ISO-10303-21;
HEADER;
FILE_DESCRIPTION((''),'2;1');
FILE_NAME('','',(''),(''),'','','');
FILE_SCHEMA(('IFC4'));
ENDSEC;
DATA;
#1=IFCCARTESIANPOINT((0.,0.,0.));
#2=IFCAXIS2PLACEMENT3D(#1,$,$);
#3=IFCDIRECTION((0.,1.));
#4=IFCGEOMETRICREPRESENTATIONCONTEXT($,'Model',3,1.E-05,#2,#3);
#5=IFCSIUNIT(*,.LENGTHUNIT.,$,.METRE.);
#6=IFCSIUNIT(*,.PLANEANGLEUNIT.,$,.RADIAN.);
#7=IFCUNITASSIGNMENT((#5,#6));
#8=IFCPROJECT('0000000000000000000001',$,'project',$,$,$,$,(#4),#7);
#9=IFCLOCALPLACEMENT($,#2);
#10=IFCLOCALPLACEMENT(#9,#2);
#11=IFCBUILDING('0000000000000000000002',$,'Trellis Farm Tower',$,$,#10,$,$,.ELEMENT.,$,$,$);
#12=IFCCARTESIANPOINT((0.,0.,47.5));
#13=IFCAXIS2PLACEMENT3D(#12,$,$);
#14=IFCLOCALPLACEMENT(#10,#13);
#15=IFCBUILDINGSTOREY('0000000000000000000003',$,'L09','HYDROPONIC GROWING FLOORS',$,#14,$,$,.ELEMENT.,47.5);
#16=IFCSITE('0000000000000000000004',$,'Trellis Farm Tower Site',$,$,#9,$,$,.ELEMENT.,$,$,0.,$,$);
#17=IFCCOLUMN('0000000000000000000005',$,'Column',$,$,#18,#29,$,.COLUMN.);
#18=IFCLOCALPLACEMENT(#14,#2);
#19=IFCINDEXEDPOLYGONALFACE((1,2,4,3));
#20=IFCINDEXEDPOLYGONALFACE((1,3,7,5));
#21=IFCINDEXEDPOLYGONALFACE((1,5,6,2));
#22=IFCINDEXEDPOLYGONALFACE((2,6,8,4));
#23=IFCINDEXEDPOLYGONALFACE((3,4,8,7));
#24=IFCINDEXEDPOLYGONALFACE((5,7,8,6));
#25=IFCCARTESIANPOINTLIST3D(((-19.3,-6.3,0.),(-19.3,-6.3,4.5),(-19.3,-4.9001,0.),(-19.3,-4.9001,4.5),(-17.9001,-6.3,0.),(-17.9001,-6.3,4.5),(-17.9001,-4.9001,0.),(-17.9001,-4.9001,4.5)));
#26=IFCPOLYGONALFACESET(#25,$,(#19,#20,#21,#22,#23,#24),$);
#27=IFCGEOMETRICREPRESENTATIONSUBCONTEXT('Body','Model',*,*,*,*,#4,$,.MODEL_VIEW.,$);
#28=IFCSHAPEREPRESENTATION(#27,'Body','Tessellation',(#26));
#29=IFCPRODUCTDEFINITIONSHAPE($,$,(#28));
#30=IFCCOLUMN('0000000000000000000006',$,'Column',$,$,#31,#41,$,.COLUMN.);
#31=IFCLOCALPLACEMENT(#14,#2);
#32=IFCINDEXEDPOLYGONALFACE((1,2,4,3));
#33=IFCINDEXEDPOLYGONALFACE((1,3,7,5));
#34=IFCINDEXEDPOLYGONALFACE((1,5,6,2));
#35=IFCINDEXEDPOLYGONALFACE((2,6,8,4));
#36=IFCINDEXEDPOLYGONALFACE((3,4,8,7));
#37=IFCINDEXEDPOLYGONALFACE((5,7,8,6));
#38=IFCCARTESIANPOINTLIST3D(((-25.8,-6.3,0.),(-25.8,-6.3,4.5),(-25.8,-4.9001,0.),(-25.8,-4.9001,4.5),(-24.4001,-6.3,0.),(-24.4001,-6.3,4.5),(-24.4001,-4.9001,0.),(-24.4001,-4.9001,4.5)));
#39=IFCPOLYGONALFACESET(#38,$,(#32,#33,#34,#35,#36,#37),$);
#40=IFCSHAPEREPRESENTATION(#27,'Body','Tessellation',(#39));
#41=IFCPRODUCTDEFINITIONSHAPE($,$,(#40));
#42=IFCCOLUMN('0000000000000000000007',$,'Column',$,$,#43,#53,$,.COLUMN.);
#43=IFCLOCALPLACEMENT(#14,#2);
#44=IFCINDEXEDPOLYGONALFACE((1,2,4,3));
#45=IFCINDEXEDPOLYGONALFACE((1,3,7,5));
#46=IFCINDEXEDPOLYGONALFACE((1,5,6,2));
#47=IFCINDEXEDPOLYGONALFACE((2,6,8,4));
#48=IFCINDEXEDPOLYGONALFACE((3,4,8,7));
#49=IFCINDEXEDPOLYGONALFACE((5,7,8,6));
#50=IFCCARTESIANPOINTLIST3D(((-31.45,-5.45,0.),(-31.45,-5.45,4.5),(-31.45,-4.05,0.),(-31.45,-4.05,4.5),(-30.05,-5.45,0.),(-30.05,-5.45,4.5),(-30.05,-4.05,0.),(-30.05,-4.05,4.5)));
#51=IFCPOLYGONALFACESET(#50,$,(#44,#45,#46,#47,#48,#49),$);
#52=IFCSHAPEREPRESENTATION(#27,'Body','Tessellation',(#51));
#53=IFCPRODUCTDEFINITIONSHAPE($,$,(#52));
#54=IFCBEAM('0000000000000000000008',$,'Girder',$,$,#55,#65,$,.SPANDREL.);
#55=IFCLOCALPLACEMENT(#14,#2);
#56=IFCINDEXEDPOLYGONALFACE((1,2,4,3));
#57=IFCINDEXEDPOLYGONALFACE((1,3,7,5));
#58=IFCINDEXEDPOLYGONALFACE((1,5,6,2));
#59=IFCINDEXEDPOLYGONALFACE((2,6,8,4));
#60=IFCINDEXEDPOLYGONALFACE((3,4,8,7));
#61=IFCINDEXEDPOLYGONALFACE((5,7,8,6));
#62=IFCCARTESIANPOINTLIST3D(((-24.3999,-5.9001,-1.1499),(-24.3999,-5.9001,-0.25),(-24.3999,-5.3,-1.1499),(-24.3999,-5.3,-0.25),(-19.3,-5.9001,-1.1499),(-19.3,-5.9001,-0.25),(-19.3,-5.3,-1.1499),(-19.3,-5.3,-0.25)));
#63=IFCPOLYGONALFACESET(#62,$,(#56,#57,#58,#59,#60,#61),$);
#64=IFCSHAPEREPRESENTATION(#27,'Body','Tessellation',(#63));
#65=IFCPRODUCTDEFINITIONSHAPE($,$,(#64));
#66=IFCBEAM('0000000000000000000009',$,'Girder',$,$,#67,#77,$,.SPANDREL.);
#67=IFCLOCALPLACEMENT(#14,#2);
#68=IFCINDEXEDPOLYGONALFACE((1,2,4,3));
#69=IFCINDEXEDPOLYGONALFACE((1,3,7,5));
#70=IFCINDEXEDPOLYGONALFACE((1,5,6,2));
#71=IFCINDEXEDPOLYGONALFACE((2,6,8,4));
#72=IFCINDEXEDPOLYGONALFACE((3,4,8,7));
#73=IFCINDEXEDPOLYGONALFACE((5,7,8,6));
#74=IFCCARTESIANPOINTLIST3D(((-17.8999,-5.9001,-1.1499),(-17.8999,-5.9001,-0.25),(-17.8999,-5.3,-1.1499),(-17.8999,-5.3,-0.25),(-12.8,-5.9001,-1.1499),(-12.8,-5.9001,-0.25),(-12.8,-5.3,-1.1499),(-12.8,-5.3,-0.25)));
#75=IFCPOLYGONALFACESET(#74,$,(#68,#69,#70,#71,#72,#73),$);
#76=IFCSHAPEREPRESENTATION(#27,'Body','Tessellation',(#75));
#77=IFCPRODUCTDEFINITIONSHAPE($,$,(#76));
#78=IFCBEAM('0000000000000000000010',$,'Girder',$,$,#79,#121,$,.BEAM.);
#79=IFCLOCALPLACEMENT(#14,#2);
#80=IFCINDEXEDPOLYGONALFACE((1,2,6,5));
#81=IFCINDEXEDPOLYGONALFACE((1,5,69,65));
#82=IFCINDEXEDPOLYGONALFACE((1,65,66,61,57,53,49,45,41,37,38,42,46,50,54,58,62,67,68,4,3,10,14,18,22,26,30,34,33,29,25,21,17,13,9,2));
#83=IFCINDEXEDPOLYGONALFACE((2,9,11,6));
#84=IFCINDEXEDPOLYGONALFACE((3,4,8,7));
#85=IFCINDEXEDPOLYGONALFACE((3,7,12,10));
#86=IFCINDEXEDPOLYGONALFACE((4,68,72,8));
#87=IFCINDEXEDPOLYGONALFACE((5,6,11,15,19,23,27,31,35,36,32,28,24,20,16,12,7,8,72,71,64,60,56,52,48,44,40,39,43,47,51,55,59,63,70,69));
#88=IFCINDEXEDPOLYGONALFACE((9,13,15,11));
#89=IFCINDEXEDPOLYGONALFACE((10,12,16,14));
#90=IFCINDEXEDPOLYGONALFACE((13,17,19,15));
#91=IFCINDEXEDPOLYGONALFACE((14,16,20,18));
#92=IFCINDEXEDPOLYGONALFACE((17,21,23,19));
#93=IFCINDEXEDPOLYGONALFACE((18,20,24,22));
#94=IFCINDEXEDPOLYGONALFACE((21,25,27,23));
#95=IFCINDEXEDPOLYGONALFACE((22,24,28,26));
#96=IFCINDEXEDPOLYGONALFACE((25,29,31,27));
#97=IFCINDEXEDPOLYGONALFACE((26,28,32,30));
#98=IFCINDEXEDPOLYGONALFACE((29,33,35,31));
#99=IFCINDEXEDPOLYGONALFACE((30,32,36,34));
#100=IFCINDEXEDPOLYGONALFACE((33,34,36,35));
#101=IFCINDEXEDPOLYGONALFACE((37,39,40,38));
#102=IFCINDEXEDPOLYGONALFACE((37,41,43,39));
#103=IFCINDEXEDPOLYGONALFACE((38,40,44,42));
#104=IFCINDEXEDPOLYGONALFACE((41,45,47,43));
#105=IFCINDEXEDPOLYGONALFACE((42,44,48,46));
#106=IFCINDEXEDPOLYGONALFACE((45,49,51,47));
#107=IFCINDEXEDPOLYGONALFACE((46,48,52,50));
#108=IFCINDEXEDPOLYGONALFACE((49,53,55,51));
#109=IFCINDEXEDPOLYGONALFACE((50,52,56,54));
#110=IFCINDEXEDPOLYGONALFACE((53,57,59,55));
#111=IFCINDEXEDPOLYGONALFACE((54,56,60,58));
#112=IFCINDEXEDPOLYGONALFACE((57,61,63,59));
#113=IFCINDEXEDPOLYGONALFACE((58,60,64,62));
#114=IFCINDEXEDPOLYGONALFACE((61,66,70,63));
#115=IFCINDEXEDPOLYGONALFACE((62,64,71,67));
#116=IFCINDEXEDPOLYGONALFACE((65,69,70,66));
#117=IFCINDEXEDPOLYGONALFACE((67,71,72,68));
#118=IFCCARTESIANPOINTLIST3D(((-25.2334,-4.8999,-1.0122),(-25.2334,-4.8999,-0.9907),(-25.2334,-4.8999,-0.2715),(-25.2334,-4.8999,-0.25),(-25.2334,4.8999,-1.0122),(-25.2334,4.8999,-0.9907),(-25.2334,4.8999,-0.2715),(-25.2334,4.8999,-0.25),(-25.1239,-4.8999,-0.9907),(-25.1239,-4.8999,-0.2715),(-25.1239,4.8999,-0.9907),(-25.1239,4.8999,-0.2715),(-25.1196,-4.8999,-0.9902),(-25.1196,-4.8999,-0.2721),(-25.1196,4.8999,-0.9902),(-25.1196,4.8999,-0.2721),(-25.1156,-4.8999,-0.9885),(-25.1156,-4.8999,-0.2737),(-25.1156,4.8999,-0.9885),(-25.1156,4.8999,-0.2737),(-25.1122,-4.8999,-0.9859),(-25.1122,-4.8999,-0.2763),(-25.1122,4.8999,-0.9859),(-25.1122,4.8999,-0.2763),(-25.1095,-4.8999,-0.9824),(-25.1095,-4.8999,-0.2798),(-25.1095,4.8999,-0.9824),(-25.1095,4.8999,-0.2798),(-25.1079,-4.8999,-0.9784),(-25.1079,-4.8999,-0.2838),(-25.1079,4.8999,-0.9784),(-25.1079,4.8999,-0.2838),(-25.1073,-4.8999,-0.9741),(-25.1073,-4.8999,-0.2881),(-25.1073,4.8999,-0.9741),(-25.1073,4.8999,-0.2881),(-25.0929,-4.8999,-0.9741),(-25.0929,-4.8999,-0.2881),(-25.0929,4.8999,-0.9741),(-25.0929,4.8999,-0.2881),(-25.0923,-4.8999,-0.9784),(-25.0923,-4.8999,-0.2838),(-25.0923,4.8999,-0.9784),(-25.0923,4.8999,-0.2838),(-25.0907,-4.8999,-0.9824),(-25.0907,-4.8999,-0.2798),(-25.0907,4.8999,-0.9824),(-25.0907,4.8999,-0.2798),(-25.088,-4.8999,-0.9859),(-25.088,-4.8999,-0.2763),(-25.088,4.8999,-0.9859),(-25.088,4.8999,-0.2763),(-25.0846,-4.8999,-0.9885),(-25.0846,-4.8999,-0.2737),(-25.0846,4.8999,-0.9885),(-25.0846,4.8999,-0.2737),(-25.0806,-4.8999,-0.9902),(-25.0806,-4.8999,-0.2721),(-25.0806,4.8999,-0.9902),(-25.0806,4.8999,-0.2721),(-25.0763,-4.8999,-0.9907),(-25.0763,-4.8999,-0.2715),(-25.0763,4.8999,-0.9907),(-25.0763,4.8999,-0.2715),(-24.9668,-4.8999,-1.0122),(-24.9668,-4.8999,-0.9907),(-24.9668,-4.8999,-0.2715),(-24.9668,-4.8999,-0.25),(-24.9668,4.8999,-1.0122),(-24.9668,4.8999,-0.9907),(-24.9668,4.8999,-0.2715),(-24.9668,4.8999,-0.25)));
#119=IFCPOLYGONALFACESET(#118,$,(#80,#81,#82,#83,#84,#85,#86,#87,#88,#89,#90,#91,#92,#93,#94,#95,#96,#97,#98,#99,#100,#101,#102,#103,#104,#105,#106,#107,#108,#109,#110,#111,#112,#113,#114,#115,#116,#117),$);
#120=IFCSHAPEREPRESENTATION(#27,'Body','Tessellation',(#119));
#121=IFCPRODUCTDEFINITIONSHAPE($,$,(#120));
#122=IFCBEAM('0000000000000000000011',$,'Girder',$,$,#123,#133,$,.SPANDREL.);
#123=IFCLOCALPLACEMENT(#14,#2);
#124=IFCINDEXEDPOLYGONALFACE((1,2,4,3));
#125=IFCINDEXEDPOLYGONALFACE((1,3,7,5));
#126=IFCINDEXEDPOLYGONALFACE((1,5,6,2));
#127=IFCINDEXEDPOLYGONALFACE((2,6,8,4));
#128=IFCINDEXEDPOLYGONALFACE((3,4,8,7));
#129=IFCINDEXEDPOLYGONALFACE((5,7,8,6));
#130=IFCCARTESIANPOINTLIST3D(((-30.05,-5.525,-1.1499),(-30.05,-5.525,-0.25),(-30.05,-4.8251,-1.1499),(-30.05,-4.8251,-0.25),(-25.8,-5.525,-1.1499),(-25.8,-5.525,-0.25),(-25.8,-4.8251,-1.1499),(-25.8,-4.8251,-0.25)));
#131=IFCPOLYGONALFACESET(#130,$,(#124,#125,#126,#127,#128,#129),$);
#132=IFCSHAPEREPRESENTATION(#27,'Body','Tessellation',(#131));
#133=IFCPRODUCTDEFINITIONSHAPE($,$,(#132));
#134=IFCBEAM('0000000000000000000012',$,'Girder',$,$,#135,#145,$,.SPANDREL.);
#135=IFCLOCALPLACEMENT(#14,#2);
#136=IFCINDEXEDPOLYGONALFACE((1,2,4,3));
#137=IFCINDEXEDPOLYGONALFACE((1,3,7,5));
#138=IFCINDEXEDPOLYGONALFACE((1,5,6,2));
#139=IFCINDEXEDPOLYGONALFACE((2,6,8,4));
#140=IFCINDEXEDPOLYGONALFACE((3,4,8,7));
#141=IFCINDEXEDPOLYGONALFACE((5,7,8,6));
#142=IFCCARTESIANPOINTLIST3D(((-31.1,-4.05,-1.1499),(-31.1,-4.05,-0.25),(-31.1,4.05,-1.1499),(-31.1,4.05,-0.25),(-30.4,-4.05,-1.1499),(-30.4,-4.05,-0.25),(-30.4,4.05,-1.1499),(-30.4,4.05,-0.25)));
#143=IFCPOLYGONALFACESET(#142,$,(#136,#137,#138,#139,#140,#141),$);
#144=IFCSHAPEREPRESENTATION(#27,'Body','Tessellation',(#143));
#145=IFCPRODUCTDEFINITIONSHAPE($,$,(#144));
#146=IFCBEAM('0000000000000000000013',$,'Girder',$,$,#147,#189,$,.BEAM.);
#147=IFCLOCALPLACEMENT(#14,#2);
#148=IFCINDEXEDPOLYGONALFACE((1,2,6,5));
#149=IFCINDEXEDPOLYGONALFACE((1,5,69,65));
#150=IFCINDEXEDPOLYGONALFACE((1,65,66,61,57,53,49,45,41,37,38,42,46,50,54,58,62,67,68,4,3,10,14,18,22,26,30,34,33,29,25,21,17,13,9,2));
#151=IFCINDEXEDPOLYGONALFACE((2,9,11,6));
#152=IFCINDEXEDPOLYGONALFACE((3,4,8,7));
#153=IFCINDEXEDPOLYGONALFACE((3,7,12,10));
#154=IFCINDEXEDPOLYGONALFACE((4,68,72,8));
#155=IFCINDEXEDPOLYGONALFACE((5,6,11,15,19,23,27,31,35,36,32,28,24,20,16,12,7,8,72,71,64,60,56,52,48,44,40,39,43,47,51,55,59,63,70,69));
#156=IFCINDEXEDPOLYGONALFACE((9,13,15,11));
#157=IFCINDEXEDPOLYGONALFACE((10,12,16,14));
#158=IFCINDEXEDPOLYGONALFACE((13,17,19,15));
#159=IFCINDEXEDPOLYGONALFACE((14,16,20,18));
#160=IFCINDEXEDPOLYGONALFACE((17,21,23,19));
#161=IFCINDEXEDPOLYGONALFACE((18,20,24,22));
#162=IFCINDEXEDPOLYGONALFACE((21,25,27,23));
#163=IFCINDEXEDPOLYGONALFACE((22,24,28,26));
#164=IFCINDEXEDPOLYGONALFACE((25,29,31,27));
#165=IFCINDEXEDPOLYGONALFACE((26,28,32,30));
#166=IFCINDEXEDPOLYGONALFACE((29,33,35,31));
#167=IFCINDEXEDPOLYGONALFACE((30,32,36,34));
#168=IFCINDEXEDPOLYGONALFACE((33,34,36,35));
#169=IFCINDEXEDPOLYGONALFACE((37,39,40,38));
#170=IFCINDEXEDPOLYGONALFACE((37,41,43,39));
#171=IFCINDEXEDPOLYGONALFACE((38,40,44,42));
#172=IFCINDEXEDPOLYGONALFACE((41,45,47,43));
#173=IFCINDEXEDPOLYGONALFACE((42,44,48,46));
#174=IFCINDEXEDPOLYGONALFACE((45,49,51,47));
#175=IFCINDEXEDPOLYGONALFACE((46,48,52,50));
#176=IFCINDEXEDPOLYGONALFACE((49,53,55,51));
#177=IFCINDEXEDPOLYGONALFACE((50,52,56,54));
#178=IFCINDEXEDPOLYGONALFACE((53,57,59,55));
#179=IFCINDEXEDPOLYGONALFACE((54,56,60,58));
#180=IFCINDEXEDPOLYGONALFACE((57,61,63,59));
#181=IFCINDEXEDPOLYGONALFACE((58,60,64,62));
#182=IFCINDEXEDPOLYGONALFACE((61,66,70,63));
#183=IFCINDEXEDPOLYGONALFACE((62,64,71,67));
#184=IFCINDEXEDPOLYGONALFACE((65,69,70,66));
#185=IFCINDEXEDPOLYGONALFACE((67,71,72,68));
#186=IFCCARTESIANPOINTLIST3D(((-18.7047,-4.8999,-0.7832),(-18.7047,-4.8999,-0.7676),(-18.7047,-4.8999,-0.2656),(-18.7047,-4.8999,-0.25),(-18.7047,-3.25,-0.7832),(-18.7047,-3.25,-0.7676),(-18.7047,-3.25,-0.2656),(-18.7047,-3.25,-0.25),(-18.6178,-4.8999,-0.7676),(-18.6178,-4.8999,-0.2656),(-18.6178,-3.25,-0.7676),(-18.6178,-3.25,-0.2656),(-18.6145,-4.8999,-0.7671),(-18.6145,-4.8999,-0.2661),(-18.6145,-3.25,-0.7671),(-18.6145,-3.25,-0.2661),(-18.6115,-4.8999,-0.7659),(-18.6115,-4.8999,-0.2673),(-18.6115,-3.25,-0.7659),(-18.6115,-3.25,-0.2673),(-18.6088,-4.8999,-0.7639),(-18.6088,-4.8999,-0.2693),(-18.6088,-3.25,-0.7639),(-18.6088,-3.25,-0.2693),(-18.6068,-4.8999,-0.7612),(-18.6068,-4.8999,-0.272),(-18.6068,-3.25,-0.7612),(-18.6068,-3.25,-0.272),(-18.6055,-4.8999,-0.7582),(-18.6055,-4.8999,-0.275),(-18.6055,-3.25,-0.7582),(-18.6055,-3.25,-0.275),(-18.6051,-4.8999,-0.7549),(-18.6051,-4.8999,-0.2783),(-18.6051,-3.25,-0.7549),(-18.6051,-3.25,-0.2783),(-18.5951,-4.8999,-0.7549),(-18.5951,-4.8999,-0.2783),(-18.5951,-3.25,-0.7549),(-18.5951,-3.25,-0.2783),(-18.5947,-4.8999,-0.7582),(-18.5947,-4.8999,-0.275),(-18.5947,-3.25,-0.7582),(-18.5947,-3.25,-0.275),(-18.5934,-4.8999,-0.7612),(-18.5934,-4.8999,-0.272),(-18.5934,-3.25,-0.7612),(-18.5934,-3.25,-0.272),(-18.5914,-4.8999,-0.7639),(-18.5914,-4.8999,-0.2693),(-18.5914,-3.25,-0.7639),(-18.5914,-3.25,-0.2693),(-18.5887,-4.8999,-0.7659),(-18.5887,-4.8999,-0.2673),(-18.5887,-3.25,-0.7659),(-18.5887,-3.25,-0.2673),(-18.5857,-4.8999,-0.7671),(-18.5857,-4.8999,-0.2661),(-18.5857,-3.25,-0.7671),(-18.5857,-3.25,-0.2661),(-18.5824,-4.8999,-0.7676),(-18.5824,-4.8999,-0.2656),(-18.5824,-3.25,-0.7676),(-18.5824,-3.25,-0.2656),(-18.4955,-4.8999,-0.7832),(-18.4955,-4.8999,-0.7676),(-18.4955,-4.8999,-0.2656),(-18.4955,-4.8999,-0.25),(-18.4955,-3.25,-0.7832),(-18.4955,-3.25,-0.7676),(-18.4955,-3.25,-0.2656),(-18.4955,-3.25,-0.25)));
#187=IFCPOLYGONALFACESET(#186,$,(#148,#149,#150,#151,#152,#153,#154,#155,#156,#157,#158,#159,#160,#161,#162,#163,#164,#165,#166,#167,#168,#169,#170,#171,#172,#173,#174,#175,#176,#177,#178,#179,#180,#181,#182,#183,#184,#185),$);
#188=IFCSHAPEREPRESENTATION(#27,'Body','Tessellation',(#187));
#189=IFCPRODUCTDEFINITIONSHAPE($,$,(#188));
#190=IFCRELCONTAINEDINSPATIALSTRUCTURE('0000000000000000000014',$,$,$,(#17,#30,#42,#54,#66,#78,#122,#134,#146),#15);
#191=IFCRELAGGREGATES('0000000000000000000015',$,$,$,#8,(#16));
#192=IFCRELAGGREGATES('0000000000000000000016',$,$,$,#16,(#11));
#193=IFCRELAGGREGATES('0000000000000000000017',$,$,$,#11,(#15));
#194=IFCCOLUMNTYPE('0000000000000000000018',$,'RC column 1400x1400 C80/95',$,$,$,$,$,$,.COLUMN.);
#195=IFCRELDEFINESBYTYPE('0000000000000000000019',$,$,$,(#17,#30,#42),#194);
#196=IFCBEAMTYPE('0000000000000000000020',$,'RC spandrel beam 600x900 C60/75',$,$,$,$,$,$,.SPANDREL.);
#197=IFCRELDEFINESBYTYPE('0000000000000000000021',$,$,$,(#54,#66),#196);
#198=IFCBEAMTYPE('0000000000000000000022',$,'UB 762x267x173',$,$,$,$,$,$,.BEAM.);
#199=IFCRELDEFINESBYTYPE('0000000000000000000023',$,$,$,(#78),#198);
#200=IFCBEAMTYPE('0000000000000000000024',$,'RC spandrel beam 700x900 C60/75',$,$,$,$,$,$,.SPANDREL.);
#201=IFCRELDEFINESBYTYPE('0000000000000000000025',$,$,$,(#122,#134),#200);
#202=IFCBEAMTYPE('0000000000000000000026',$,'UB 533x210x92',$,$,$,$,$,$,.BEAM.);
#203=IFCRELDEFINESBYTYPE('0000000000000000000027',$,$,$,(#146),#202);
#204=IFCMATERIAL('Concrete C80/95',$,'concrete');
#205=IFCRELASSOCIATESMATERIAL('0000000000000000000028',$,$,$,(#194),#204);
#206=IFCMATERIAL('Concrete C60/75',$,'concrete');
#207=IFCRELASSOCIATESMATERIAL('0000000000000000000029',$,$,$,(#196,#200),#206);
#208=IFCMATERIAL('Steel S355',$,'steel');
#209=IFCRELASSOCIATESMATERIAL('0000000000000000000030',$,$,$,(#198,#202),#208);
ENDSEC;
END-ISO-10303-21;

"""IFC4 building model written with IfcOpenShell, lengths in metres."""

from ifc_helpers import new_model, si_unit, direction, frame, origin, origin_2d, place, context, subcontext, project, spatial, rectangle, i_section, extrude, source, transform, mapped, material, material_profile, profile_set, type_object, element, save


model = new_model("IFC4")

# Units and contexts
model_context = context("Model", 3, precision=1e-05, world=origin(), true_north=direction((0.0, 1.0)))
body_context = subcontext(model_context, "Body", "Model", "MODEL_VIEW")
ifc_project = project(units=[si_unit("LENGTHUNIT", "METRE"), si_unit("PLANEANGLEUNIT", "RADIAN")], contexts=[model_context])

# Site, building, storey
site_placement = place(None, origin())
site = spatial("IfcSite", under=ifc_project, at=site_placement, Name="Trellis Farm Tower Site", CompositionType="ELEMENT", RefElevation=0.0)
building_placement = place(site_placement, origin())
building = spatial("IfcBuilding", under=site, at=building_placement, Name="Trellis Farm Tower", CompositionType="ELEMENT")
storey_placement = place(building_placement, frame((0.0, 0.0, 47.5)))
storey = spatial("IfcBuildingStorey", under=building, at=storey_placement, Name="L09", Description="HYDROPONIC GROWING FLOORS", CompositionType="ELEMENT", Elevation=47.5)

# Columns
ifc_material_1 = material(Name="Concrete C80/95", Category="concrete")
ifc_material_profile_1 = material_profile(ifc_material_1, rectangle(XDim=1.3999, YDim=1.3999, at=origin_2d()), Name="RC column 1400x1400 C80/95")
ifc_profile_set_1 = profile_set([ifc_material_profile_1], Name="Concrete C80/95")
column_type = type_object("IfcColumnType", Name="RC column 1400x1400 C80/95", PredefinedType="COLUMN", material=ifc_profile_set_1)
shared_shape_1 = source(origin(), body_context, "Body", "SweptSolid", [
    extrude(rectangle(XDim=1.3999, YDim=1.3999, at=origin_2d()), origin(), (0.0, 0.0, 1.0), 4.5),
])
for number, where, z_axis, x_axis, name in (
    (1, (-18.6001, -5.6001, 0.0), (0.0, 0.0, 1.0), (1.0, 0.0, 0.0), "Column"),
    (2, (-25.1001, -5.6001, 0.0), (0.0, 0.0, 1.0), (1.0, 0.0, 0.0), "Column"),
    (3, (-30.75, -4.75, 0.0), (0.0, 0.0, 1.0), (1.0, 0.0, 0.0), "Column"),
):
    element("IfcColumn", number, at=place(storey_placement, frame(where, z_axis=z_axis, x_axis=x_axis)), inside=storey, type_object=column_type, Name=name, PredefinedType="COLUMN", context=body_context, shape_type="MappedRepresentation", body=[
        mapped(shared_shape_1, transform((0.0, 0.0, 0.0))),
    ])

# Beams
ifc_material_2 = material(Name="Concrete C60/75", Category="concrete")
ifc_material_profile_2 = material_profile(ifc_material_2, rectangle(XDim=0.6001, YDim=0.8999, at=origin_2d()), Name="RC spandrel beam 600x900 C60/75")
ifc_profile_set_2 = profile_set([ifc_material_profile_2], Name="Concrete C60/75")
beam_type_1 = type_object("IfcBeamType", Name="RC spandrel beam 600x900 C60/75", PredefinedType="SPANDREL", material=ifc_profile_set_2)
shared_shape_2 = source(origin(), body_context, "Body", "SweptSolid", [
    extrude(rectangle(XDim=0.6001, YDim=0.8999, at=origin_2d()), origin(), (0.0, 0.0, 1.0), 5.0999),
])
for number, where, z_axis, x_axis, name in (
    (4, (-24.3999, -5.6001, -0.7), (1.0, 0.0, 0.0), (0.0, 1.0, 0.0), "Girder"),
    (5, (-17.8999, -5.6001, -0.7), (1.0, 0.0, 0.0), (0.0, 1.0, 0.0), "Girder"),
):
    element("IfcBeam", number, at=place(storey_placement, frame(where, z_axis=z_axis, x_axis=x_axis)), inside=storey, type_object=beam_type_1, Name=name, PredefinedType="SPANDREL", context=body_context, shape_type="MappedRepresentation", body=[
        mapped(shared_shape_2, transform((0.0, 0.0, 0.0))),
    ])
ifc_material_3 = material(Name="Steel S355", Category="steel")
ifc_material_profile_3 = material_profile(ifc_material_3, i_section(OverallWidth=0.2666, OverallDepth=0.7622, WebThickness=0.0144, FlangeThickness=0.0215, FilletRadius=0.0166, at=origin_2d()), Name="UB 762x267x173")
ifc_profile_set_3 = profile_set([ifc_material_profile_3], Name="Steel S355")
beam_type_2 = type_object("IfcBeamType", Name="UB 762x267x173", PredefinedType="BEAM", material=ifc_profile_set_3)
shared_shape_3 = source(origin(), body_context, "Body", "SweptSolid", [
    extrude(i_section(OverallWidth=0.2666, OverallDepth=0.7622, WebThickness=0.0144, FlangeThickness=0.0215, FilletRadius=0.0166, at=origin_2d()), origin(), (0.0, 0.0, 1.0), 9.7998),
])
beam_1_placement = place(storey_placement, frame((-25.1001, -4.8999, -0.6311), z_axis=(0.0, 1.0, 0.0), x_axis=(-1.0, 0.0, 0.0)))
element("IfcBeam", 6, at=beam_1_placement, inside=storey, type_object=beam_type_2, Name="Girder", PredefinedType="BEAM", context=body_context, shape_type="MappedRepresentation", body=[
    mapped(shared_shape_3, transform((0.0, 0.0, 0.0))),
])
ifc_material_profile_4 = material_profile(ifc_material_2, rectangle(XDim=0.7, YDim=0.8999, at=origin_2d()), Name="RC spandrel beam 700x900 C60/75")
ifc_profile_set_4 = profile_set([ifc_material_profile_4], Name="Concrete C60/75")
beam_type_3 = type_object("IfcBeamType", Name="RC spandrel beam 700x900 C60/75", PredefinedType="SPANDREL", material=ifc_profile_set_4)
shared_shape_4 = source(origin(), body_context, "Body", "SweptSolid", [
    extrude(rectangle(XDim=0.7, YDim=0.8999, at=origin_2d()), origin(), (0.0, 0.0, 1.0), 4.25),
])
beam_2_placement = place(storey_placement, frame((-30.05, -5.175, -0.7), z_axis=(1.0, 0.0, 0.0), x_axis=(0.0, 1.0, 0.0)))
element("IfcBeam", 7, at=beam_2_placement, inside=storey, type_object=beam_type_3, Name="Girder", PredefinedType="SPANDREL", context=body_context, shape_type="MappedRepresentation", body=[
    mapped(shared_shape_4, transform((0.0, 0.0, 0.0))),
])
shared_shape_5 = source(origin(), body_context, "Body", "SweptSolid", [
    extrude(rectangle(XDim=0.7, YDim=0.8999, at=origin_2d()), origin(), (0.0, 0.0, 1.0), 8.1001),
])
beam_3_placement = place(storey_placement, frame((-30.75, -4.05, -0.7), z_axis=(0.0, 1.0, 0.0), x_axis=(-1.0, 0.0, 0.0)))
element("IfcBeam", 8, at=beam_3_placement, inside=storey, type_object=beam_type_3, Name="Girder", PredefinedType="SPANDREL", context=body_context, shape_type="MappedRepresentation", body=[
    mapped(shared_shape_5, transform((0.0, 0.0, 0.0))),
])
ifc_material_profile_5 = material_profile(ifc_material_3, i_section(OverallWidth=0.2092, OverallDepth=0.5332, WebThickness=0.01, FlangeThickness=0.0156, FilletRadius=0.0127, at=origin_2d()), Name="UB 533x210x92")
ifc_profile_set_5 = profile_set([ifc_material_profile_5], Name="Steel S355")
beam_type_4 = type_object("IfcBeamType", Name="UB 533x210x92", PredefinedType="BEAM", material=ifc_profile_set_5)
shared_shape_6 = source(origin(), body_context, "Body", "SweptSolid", [
    extrude(i_section(OverallWidth=0.2092, OverallDepth=0.5332, WebThickness=0.01, FlangeThickness=0.0156, FilletRadius=0.0127, at=origin_2d()), origin(), (0.0, 0.0, 1.0), 1.6499),
])
beam_4_placement = place(storey_placement, frame((-18.6001, -4.8999, -0.5166), z_axis=(0.0, 1.0, 0.0), x_axis=(-1.0, 0.0, 0.0)))
element("IfcBeam", 9, at=beam_4_placement, inside=storey, type_object=beam_type_4, Name="Girder", PredefinedType="BEAM", context=body_context, shape_type="MappedRepresentation", body=[
    mapped(shared_shape_6, transform((0.0, 0.0, 0.0))),
])

save(model, "model.ifc")
